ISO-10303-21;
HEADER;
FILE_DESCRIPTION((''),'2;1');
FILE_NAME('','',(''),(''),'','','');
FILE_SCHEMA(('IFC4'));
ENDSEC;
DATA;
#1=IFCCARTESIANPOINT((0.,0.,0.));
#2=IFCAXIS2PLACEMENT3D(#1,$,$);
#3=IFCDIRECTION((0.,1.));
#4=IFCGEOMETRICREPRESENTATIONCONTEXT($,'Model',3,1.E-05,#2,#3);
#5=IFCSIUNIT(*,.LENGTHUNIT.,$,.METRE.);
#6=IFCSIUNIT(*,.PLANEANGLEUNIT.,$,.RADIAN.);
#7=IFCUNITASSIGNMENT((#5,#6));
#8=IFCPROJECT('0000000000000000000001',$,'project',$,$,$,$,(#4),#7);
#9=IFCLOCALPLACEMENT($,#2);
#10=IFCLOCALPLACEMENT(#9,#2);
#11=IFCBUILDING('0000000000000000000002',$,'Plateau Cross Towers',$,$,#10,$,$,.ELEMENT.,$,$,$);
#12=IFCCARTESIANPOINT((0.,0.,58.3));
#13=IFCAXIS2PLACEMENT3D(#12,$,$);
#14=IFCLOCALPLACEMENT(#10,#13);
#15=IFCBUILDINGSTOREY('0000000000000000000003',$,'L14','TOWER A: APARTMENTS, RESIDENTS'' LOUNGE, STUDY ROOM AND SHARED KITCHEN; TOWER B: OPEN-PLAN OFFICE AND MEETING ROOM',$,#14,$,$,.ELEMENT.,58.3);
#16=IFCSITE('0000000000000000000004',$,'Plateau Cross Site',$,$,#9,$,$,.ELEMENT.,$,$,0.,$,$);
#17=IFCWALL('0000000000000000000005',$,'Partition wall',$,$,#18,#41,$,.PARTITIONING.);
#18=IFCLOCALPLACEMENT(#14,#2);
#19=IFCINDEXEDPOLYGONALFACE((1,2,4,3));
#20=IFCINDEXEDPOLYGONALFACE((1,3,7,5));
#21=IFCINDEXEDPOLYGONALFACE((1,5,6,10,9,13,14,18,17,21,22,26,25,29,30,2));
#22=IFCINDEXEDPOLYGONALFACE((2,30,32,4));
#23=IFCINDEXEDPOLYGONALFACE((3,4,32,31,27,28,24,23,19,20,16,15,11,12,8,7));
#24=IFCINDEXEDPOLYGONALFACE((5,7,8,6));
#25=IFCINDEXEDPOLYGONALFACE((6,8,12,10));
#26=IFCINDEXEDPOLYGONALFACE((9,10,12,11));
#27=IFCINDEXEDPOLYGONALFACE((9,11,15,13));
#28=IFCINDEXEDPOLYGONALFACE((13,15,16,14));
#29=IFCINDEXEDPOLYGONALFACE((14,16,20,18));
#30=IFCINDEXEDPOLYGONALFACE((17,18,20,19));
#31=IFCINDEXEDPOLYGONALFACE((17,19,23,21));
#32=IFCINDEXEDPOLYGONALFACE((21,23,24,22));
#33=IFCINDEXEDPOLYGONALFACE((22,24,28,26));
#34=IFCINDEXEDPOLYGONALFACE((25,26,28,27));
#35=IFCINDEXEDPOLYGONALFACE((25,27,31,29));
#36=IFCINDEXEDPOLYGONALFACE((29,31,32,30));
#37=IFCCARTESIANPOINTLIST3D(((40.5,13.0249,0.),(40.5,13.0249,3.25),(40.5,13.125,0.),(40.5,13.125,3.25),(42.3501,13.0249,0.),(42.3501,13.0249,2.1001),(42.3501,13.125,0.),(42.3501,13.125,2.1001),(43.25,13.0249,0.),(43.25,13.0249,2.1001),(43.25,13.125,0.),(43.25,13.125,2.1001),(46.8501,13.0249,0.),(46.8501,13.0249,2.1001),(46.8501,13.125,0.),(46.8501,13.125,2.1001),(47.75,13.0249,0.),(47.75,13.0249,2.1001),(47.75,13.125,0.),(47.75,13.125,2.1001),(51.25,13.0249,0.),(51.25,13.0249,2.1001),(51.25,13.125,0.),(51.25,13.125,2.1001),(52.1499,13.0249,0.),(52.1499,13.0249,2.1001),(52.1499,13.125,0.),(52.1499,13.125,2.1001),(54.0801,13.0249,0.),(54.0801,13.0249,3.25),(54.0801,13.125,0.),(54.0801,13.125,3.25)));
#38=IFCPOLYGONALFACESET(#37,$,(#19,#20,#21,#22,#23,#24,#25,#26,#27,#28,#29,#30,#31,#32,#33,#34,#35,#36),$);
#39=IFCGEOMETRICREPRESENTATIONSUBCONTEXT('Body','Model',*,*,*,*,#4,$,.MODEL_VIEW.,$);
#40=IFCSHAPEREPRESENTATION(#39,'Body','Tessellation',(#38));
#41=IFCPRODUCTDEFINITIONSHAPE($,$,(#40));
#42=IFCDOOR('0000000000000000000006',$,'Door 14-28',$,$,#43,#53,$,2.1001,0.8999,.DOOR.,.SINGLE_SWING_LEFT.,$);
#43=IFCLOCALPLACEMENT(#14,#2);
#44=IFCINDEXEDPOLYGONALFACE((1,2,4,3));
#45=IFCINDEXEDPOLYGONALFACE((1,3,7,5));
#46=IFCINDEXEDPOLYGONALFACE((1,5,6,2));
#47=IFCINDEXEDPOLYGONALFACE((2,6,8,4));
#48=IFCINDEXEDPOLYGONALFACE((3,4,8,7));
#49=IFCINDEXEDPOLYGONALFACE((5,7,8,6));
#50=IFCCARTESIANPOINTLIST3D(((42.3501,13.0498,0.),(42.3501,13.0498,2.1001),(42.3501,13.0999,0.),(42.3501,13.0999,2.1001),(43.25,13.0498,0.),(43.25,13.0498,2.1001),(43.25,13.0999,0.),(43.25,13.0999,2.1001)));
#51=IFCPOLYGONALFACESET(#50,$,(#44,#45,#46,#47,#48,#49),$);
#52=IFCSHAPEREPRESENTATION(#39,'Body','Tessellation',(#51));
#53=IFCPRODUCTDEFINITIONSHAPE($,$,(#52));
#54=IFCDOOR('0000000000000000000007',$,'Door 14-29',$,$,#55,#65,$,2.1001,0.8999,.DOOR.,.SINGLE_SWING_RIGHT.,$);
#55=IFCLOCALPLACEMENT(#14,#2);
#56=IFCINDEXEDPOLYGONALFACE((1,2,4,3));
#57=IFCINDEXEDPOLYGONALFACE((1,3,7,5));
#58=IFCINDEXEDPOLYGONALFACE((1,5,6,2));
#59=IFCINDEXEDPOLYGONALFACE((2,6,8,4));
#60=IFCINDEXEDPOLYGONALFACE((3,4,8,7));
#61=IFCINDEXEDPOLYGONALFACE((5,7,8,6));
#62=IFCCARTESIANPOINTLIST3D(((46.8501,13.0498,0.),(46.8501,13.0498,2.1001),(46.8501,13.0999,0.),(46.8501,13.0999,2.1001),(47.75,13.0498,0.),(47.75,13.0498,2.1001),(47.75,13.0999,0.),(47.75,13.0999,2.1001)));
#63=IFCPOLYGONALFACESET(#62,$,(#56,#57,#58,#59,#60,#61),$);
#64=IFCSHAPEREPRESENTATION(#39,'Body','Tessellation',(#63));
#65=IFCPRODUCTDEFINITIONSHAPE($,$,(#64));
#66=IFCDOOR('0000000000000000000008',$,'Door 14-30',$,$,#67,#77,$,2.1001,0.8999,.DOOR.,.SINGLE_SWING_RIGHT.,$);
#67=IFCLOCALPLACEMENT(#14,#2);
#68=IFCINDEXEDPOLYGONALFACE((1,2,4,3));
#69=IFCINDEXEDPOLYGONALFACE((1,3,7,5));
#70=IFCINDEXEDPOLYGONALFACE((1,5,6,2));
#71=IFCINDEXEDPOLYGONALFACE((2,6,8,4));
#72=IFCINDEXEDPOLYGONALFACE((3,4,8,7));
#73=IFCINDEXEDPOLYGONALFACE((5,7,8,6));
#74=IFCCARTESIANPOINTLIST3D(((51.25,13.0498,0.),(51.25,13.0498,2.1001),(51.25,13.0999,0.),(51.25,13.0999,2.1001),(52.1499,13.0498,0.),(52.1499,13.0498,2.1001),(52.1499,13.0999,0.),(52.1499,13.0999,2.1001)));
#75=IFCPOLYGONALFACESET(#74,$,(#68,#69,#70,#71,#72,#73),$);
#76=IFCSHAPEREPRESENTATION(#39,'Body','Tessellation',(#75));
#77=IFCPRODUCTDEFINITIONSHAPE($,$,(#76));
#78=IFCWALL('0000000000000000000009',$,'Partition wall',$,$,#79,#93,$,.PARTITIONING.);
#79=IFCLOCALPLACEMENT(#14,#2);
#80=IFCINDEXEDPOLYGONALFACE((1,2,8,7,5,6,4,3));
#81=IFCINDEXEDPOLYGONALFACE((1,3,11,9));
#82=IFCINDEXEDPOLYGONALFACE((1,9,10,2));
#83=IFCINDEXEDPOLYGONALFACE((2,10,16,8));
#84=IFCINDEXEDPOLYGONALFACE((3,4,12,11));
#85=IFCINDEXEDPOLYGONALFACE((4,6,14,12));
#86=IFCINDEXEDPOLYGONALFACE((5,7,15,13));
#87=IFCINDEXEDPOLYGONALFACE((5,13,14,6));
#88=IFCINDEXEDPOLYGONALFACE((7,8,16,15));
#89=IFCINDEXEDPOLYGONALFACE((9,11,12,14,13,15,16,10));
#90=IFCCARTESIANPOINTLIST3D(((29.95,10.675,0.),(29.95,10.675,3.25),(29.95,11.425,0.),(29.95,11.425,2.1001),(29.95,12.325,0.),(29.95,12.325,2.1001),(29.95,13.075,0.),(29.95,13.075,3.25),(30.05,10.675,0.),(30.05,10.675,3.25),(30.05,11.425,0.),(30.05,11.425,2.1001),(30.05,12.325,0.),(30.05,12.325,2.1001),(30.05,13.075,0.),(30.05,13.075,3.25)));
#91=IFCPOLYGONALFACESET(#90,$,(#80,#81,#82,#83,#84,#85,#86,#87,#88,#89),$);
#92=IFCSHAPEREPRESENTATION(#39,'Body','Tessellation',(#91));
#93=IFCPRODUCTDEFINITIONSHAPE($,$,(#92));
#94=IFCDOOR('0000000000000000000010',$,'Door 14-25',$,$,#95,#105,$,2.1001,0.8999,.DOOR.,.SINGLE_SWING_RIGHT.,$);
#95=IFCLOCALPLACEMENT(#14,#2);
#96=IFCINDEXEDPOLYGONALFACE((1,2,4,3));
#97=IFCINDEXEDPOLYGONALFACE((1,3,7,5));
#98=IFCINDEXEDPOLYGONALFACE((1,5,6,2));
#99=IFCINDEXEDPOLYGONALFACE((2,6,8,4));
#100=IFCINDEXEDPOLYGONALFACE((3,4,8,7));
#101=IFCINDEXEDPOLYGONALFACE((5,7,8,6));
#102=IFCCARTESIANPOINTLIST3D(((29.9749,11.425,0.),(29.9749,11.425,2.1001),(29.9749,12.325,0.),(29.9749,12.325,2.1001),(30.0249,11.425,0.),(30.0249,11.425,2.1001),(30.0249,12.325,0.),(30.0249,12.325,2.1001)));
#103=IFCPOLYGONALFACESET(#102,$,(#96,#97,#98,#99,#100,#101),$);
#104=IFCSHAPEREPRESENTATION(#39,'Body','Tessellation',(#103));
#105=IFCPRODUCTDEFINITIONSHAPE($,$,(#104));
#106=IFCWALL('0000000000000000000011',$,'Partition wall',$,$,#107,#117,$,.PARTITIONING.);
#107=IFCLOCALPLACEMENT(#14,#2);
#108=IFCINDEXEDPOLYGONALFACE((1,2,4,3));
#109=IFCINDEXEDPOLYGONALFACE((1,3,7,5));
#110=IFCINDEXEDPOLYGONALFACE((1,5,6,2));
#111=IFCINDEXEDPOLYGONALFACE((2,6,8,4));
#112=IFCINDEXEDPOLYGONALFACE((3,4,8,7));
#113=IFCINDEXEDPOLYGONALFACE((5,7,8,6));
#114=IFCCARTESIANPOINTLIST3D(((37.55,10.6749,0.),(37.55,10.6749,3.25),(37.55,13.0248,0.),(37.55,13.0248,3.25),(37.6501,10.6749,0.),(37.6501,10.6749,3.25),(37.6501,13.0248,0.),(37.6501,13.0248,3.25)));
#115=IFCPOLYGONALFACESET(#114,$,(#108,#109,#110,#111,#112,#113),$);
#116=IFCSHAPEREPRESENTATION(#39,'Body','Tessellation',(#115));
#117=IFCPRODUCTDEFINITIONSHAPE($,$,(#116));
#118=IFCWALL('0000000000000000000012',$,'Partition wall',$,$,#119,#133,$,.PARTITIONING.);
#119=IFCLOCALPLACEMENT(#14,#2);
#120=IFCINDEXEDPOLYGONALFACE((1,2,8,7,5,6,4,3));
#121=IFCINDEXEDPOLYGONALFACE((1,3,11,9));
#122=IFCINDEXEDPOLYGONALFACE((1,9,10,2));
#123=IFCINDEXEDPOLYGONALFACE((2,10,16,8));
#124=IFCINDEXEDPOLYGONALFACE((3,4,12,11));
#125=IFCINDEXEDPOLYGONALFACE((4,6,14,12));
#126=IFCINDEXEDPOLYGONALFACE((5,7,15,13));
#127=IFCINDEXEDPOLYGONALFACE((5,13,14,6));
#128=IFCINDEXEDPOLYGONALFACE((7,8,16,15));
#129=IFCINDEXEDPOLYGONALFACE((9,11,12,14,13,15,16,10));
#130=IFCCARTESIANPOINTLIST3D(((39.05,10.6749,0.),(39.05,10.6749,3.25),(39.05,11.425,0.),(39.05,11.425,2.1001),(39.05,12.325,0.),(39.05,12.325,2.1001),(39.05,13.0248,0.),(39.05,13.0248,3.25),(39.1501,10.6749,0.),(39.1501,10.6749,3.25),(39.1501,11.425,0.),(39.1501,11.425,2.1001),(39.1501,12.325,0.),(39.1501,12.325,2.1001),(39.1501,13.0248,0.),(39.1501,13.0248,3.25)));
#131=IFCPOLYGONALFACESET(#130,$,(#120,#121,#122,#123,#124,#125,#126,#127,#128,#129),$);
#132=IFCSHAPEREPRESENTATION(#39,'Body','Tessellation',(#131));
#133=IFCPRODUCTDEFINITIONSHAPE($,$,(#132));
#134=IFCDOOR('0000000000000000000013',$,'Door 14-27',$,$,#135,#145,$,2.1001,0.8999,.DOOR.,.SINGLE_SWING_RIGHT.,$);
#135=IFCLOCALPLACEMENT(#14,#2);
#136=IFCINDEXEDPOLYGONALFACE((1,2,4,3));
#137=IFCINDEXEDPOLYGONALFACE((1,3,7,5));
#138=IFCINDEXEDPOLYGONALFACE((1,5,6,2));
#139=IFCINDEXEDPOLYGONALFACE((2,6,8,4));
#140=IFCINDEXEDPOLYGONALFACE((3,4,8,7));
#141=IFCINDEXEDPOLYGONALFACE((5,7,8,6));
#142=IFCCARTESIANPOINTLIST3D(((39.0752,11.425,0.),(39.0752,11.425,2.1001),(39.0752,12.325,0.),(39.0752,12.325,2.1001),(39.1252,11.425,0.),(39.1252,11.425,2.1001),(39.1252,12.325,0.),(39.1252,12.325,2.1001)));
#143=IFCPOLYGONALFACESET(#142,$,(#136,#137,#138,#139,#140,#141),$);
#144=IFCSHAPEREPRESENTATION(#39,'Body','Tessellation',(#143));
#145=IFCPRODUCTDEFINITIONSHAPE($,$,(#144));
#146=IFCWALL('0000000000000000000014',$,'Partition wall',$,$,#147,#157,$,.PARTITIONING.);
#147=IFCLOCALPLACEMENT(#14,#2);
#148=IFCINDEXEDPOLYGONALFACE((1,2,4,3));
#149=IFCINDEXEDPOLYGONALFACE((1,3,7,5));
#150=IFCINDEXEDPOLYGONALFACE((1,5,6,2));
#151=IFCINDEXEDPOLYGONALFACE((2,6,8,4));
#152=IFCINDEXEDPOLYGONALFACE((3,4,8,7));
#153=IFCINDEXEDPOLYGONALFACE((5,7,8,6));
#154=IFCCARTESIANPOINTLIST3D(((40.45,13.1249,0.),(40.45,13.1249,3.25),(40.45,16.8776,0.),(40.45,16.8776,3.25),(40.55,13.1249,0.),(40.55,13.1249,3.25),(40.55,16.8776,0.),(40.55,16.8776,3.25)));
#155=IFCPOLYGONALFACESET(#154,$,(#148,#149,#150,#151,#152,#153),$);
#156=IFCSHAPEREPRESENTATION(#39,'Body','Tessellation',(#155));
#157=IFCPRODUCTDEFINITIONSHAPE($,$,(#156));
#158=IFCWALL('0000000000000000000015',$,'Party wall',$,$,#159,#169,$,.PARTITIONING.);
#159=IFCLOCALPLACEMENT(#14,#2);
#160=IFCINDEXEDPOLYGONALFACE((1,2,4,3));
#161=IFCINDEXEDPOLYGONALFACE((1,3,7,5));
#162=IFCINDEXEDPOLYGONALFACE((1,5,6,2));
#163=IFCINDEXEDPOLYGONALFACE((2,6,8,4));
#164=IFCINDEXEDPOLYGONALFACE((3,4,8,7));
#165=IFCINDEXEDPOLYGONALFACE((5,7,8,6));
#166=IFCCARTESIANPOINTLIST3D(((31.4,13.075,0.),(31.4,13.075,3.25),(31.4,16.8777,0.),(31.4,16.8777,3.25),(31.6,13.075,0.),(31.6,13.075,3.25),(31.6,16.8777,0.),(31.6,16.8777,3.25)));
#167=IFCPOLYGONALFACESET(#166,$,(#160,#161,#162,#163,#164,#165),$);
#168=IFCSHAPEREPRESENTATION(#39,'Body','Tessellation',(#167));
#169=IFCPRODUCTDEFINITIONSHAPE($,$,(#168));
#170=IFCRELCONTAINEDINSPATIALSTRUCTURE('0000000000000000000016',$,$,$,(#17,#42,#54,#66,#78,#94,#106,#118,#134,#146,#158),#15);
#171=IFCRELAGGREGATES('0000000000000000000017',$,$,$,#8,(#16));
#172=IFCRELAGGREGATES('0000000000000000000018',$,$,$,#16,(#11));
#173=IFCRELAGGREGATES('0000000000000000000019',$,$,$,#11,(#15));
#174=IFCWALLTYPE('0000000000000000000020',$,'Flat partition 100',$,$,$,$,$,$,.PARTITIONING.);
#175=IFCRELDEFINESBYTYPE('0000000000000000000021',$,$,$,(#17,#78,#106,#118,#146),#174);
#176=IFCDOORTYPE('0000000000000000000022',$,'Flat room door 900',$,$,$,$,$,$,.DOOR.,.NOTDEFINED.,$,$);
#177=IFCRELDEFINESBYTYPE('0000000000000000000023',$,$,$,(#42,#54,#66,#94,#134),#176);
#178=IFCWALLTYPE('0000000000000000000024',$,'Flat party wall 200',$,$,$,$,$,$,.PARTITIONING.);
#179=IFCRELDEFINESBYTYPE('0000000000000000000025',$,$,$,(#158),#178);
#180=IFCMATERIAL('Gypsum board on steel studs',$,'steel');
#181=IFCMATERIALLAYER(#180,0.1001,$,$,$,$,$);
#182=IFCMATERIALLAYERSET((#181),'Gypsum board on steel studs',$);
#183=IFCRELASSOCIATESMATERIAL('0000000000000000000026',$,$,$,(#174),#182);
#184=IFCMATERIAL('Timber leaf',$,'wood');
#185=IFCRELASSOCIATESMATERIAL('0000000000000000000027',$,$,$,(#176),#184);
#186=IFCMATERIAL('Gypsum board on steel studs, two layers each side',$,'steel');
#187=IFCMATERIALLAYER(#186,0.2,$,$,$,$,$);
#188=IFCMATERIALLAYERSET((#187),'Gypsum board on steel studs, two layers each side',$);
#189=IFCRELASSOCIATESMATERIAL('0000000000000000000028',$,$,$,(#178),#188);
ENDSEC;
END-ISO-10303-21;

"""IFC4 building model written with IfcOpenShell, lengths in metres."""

from ifc_helpers import new_model, si_unit, direction, frame, frame_2d, origin, place, context, subcontext, project, spatial, rectangle, extrude, material, layer, layer_set, type_object, element, fill, save


model = new_model("IFC4")

# Units and contexts
model_context = context("Model", 3, precision=1e-05, world=origin(), true_north=direction((0.0, 1.0)))
body_context = subcontext(model_context, "Body", "Model", "MODEL_VIEW")
ifc_project = project(units=[si_unit("LENGTHUNIT", "METRE"), si_unit("PLANEANGLEUNIT", "RADIAN")], contexts=[model_context])

# Site, building, storey
site_placement = place(None, origin())
site = spatial("IfcSite", under=ifc_project, at=site_placement, Name="Plateau Cross Site", CompositionType="ELEMENT", RefElevation=0.0)
building_placement = place(site_placement, origin())
building = spatial("IfcBuilding", under=site, at=building_placement, Name="Plateau Cross Towers", CompositionType="ELEMENT")
storey_placement = place(building_placement, frame((0.0, 0.0, 58.3)))
storey = spatial("IfcBuildingStorey", under=building, at=storey_placement, Name="L14", Description="TOWER A: APARTMENTS, RESIDENTS' LOUNGE, STUDY ROOM AND SHARED KITCHEN; TOWER B: OPEN-PLAN OFFICE AND MEETING ROOM", CompositionType="ELEMENT", Elevation=58.3)

# Shared definitions
ifc_material_1 = material(Name="Gypsum board on steel studs", Category="steel")
ifc_layer_1 = layer(ifc_material_1, 0.1001)
ifc_layer_set_1 = layer_set([ifc_layer_1], Name="Gypsum board on steel studs")
wall_type_1 = type_object("IfcWallType", Name="Flat partition 100", PredefinedType="PARTITIONING", material=ifc_layer_set_1)

# Shared definitions
ifc_material_2 = material(Name="Timber leaf", Category="wood")
door_type = type_object("IfcDoorType", Name="Flat room door 900", OperationType="NOTDEFINED", PredefinedType="DOOR", material=ifc_material_2)

# Wall, openings, doors
wall_1_placement = place(storey_placement, frame((40.5, 13.075, 0.0), z_axis=(0.0, 0.0, 1.0), x_axis=(1.0, 0.0, 0.0)))
wall_1 = element("IfcWall", 1, at=wall_1_placement, inside=storey, type_object=wall_type_1, Name="Partition wall", PredefinedType="PARTITIONING", context=body_context, shape_type="SweptSolid", body=[
    extrude(rectangle(XDim=13.5801, YDim=0.1001, at=frame_2d((6.79, 0.0))), origin(), (0.0, 0.0, 1.0), 3.25),
])
opening_1_placement = place(wall_1_placement, frame((1.8501, 0.0, 0.0)))
opening_1 = element("IfcOpeningElement", 2, at=opening_1_placement, cuts=wall_1, PredefinedType="OPENING", context=body_context, shape_type="SweptSolid", body=[
    extrude(rectangle(XDim=0.8999, YDim=2.1001, at=frame_2d((0.45, 1.05))), frame((0.0, 0.0601, 0.0), z_axis=(0.0, -1.0, 0.0), x_axis=(1.0, 0.0, 0.0)), (0.0, 0.0, 1.0), 0.1201),
])
opening_2_placement = place(wall_1_placement, frame((6.3501, 0.0, 0.0)))
opening_2 = element("IfcOpeningElement", 3, at=opening_2_placement, cuts=wall_1, PredefinedType="OPENING", context=body_context, shape_type="SweptSolid", body=[
    extrude(rectangle(XDim=0.8999, YDim=2.1001, at=frame_2d((0.45, 1.05))), frame((0.0, 0.0601, 0.0), z_axis=(0.0, -1.0, 0.0), x_axis=(1.0, 0.0, 0.0)), (0.0, 0.0, 1.0), 0.1201),
])
opening_3_placement = place(wall_1_placement, frame((10.75, 0.0, 0.0)))
opening_3 = element("IfcOpeningElement", 4, at=opening_3_placement, cuts=wall_1, PredefinedType="OPENING", context=body_context, shape_type="SweptSolid", body=[
    extrude(rectangle(XDim=0.8999, YDim=2.1001, at=frame_2d((0.45, 1.05))), frame((0.0, 0.0601, 0.0), z_axis=(0.0, -1.0, 0.0), x_axis=(1.0, 0.0, 0.0)), (0.0, 0.0, 1.0), 0.1201),
])
door_1_placement = place(opening_1_placement, origin())
door_1 = element("IfcDoor", 5, at=door_1_placement, inside=storey, type_object=door_type, Name="Door 14-28", OperationType="SINGLE_SWING_LEFT", OverallHeight=2.1001, OverallWidth=0.8999, PredefinedType="DOOR", context=body_context, shape_type="SweptSolid", body=[
    extrude(rectangle(XDim=0.8999, YDim=2.1001, at=frame_2d((0.45, 1.05))), frame((0.0, 0.0249, 0.0), z_axis=(0.0, -1.0, 0.0), x_axis=(1.0, 0.0, 0.0)), (0.0, 0.0, 1.0), 0.05),
])
fill(opening_1, door_1)
door_2_placement = place(opening_2_placement, origin())
door_2 = element("IfcDoor", 6, at=door_2_placement, inside=storey, type_object=door_type, Name="Door 14-29", OperationType="SINGLE_SWING_RIGHT", OverallHeight=2.1001, OverallWidth=0.8999, PredefinedType="DOOR", context=body_context, shape_type="SweptSolid", body=[
    extrude(rectangle(XDim=0.8999, YDim=2.1001, at=frame_2d((0.45, 1.05))), frame((0.0, 0.0249, 0.0), z_axis=(0.0, -1.0, 0.0), x_axis=(1.0, 0.0, 0.0)), (0.0, 0.0, 1.0), 0.05),
])
fill(opening_2, door_2)
door_3_placement = place(opening_3_placement, origin())
door_3 = element("IfcDoor", 7, at=door_3_placement, inside=storey, type_object=door_type, Name="Door 14-30", OperationType="SINGLE_SWING_RIGHT", OverallHeight=2.1001, OverallWidth=0.8999, PredefinedType="DOOR", context=body_context, shape_type="SweptSolid", body=[
    extrude(rectangle(XDim=0.8999, YDim=2.1001, at=frame_2d((0.45, 1.05))), frame((0.0, 0.0249, 0.0), z_axis=(0.0, -1.0, 0.0), x_axis=(1.0, 0.0, 0.0)), (0.0, 0.0, 1.0), 0.05),
])
fill(opening_3, door_3)

# Wall, opening, door
wall_2_placement = place(storey_placement, frame((30.0, 13.075, 0.0), z_axis=(0.0, 0.0, 1.0), x_axis=(0.0, -1.0, 0.0)))
wall_2 = element("IfcWall", 8, at=wall_2_placement, inside=storey, type_object=wall_type_1, Name="Partition wall", PredefinedType="PARTITIONING", context=body_context, shape_type="SweptSolid", body=[
    extrude(rectangle(XDim=2.3999, YDim=0.1001, at=frame_2d((1.2, 0.0))), origin(), (0.0, 0.0, 1.0), 3.25),
])
opening_4_placement = place(wall_2_placement, frame((0.75, 0.0, 0.0)))
opening_4 = element("IfcOpeningElement", 9, at=opening_4_placement, cuts=wall_2, PredefinedType="OPENING", context=body_context, shape_type="SweptSolid", body=[
    extrude(rectangle(XDim=0.8999, YDim=2.1001, at=frame_2d((0.45, 1.05))), frame((0.0, 0.0601, 0.0), z_axis=(0.0, -1.0, 0.0), x_axis=(1.0, 0.0, 0.0)), (0.0, 0.0, 1.0), 0.1201),
])
door_4_placement = place(opening_4_placement, origin())
door_4 = element("IfcDoor", 10, at=door_4_placement, inside=storey, type_object=door_type, Name="Door 14-25", OperationType="SINGLE_SWING_RIGHT", OverallHeight=2.1001, OverallWidth=0.8999, PredefinedType="DOOR", context=body_context, shape_type="SweptSolid", body=[
    extrude(rectangle(XDim=0.8999, YDim=2.1001, at=frame_2d((0.45, 1.05))), frame((0.0, 0.0249, 0.0), z_axis=(0.0, -1.0, 0.0), x_axis=(1.0, 0.0, 0.0)), (0.0, 0.0, 1.0), 0.05),
])
fill(opening_4, door_4)

# Wall
wall_3_placement = place(storey_placement, frame((37.6001, 10.675, 0.0), z_axis=(0.0, 0.0, 1.0), x_axis=(0.0, 1.0, 0.0)))
element("IfcWall", 11, at=wall_3_placement, inside=storey, type_object=wall_type_1, Name="Partition wall", PredefinedType="PARTITIONING", context=body_context, shape_type="SweptSolid", body=[
    extrude(rectangle(XDim=2.3499, YDim=0.1001, at=frame_2d((1.1748, 0.0))), origin(), (0.0, 0.0, 1.0), 3.25),
])

# Wall, opening, door
wall_4_placement = place(storey_placement, frame((39.1001, 10.675, 0.0), z_axis=(0.0, 0.0, 1.0), x_axis=(0.0, 1.0, 0.0)))
wall_4 = element("IfcWall", 12, at=wall_4_placement, inside=storey, type_object=wall_type_1, Name="Partition wall", PredefinedType="PARTITIONING", context=body_context, shape_type="SweptSolid", body=[
    extrude(rectangle(XDim=2.3499, YDim=0.1001, at=frame_2d((1.1748, 0.0))), origin(), (0.0, 0.0, 1.0), 3.25),
])
opening_5_placement = place(wall_4_placement, frame((0.75, 0.0, 0.0)))
opening_5 = element("IfcOpeningElement", 13, at=opening_5_placement, cuts=wall_4, PredefinedType="OPENING", context=body_context, shape_type="SweptSolid", body=[
    extrude(rectangle(XDim=0.8999, YDim=2.1001, at=frame_2d((0.45, 1.05))), frame((0.0, 0.0601, 0.0), z_axis=(0.0, -1.0, 0.0), x_axis=(1.0, 0.0, 0.0)), (0.0, 0.0, 1.0), 0.1201),
])
door_5_placement = place(opening_5_placement, origin())
door_5 = element("IfcDoor", 14, at=door_5_placement, inside=storey, type_object=door_type, Name="Door 14-27", OperationType="SINGLE_SWING_RIGHT", OverallHeight=2.1001, OverallWidth=0.8999, PredefinedType="DOOR", context=body_context, shape_type="SweptSolid", body=[
    extrude(rectangle(XDim=0.8999, YDim=2.1001, at=frame_2d((0.45, 1.05))), frame((0.0, 0.0249, 0.0), z_axis=(0.0, -1.0, 0.0), x_axis=(1.0, 0.0, 0.0)), (0.0, 0.0, 1.0), 0.05),
])
fill(opening_5, door_5)

# Walls
wall_5_placement = place(storey_placement, frame((40.5, 16.8777, 0.0), z_axis=(0.0, 0.0, 1.0), x_axis=(0.0, -1.0, 0.0)))
element("IfcWall", 15, at=wall_5_placement, inside=storey, type_object=wall_type_1, Name="Partition wall", PredefinedType="PARTITIONING", context=body_context, shape_type="SweptSolid", body=[
    extrude(rectangle(XDim=3.7527, YDim=0.1001, at=frame_2d((1.8765, 0.0))), origin(), (0.0, 0.0, 1.0), 3.25),
])
ifc_material_3 = material(Name="Gypsum board on steel studs, two layers each side", Category="steel")
ifc_layer_2 = layer(ifc_material_3, 0.2)
ifc_layer_set_2 = layer_set([ifc_layer_2], Name="Gypsum board on steel studs, two layers each side")
wall_type_2 = type_object("IfcWallType", Name="Flat party wall 200", PredefinedType="PARTITIONING", material=ifc_layer_set_2)
wall_6_placement = place(storey_placement, frame((31.5, 16.8777, 0.0), z_axis=(0.0, 0.0, 1.0), x_axis=(0.0, -1.0, 0.0)))
element("IfcWall", 16, at=wall_6_placement, inside=storey, type_object=wall_type_2, Name="Party wall", PredefinedType="PARTITIONING", context=body_context, shape_type="SweptSolid", body=[
    extrude(rectangle(XDim=3.8027, YDim=0.2, at=frame_2d((1.9014, 0.0))), origin(), (0.0, 0.0, 1.0), 3.25),
])

save(model, "model.ifc")
